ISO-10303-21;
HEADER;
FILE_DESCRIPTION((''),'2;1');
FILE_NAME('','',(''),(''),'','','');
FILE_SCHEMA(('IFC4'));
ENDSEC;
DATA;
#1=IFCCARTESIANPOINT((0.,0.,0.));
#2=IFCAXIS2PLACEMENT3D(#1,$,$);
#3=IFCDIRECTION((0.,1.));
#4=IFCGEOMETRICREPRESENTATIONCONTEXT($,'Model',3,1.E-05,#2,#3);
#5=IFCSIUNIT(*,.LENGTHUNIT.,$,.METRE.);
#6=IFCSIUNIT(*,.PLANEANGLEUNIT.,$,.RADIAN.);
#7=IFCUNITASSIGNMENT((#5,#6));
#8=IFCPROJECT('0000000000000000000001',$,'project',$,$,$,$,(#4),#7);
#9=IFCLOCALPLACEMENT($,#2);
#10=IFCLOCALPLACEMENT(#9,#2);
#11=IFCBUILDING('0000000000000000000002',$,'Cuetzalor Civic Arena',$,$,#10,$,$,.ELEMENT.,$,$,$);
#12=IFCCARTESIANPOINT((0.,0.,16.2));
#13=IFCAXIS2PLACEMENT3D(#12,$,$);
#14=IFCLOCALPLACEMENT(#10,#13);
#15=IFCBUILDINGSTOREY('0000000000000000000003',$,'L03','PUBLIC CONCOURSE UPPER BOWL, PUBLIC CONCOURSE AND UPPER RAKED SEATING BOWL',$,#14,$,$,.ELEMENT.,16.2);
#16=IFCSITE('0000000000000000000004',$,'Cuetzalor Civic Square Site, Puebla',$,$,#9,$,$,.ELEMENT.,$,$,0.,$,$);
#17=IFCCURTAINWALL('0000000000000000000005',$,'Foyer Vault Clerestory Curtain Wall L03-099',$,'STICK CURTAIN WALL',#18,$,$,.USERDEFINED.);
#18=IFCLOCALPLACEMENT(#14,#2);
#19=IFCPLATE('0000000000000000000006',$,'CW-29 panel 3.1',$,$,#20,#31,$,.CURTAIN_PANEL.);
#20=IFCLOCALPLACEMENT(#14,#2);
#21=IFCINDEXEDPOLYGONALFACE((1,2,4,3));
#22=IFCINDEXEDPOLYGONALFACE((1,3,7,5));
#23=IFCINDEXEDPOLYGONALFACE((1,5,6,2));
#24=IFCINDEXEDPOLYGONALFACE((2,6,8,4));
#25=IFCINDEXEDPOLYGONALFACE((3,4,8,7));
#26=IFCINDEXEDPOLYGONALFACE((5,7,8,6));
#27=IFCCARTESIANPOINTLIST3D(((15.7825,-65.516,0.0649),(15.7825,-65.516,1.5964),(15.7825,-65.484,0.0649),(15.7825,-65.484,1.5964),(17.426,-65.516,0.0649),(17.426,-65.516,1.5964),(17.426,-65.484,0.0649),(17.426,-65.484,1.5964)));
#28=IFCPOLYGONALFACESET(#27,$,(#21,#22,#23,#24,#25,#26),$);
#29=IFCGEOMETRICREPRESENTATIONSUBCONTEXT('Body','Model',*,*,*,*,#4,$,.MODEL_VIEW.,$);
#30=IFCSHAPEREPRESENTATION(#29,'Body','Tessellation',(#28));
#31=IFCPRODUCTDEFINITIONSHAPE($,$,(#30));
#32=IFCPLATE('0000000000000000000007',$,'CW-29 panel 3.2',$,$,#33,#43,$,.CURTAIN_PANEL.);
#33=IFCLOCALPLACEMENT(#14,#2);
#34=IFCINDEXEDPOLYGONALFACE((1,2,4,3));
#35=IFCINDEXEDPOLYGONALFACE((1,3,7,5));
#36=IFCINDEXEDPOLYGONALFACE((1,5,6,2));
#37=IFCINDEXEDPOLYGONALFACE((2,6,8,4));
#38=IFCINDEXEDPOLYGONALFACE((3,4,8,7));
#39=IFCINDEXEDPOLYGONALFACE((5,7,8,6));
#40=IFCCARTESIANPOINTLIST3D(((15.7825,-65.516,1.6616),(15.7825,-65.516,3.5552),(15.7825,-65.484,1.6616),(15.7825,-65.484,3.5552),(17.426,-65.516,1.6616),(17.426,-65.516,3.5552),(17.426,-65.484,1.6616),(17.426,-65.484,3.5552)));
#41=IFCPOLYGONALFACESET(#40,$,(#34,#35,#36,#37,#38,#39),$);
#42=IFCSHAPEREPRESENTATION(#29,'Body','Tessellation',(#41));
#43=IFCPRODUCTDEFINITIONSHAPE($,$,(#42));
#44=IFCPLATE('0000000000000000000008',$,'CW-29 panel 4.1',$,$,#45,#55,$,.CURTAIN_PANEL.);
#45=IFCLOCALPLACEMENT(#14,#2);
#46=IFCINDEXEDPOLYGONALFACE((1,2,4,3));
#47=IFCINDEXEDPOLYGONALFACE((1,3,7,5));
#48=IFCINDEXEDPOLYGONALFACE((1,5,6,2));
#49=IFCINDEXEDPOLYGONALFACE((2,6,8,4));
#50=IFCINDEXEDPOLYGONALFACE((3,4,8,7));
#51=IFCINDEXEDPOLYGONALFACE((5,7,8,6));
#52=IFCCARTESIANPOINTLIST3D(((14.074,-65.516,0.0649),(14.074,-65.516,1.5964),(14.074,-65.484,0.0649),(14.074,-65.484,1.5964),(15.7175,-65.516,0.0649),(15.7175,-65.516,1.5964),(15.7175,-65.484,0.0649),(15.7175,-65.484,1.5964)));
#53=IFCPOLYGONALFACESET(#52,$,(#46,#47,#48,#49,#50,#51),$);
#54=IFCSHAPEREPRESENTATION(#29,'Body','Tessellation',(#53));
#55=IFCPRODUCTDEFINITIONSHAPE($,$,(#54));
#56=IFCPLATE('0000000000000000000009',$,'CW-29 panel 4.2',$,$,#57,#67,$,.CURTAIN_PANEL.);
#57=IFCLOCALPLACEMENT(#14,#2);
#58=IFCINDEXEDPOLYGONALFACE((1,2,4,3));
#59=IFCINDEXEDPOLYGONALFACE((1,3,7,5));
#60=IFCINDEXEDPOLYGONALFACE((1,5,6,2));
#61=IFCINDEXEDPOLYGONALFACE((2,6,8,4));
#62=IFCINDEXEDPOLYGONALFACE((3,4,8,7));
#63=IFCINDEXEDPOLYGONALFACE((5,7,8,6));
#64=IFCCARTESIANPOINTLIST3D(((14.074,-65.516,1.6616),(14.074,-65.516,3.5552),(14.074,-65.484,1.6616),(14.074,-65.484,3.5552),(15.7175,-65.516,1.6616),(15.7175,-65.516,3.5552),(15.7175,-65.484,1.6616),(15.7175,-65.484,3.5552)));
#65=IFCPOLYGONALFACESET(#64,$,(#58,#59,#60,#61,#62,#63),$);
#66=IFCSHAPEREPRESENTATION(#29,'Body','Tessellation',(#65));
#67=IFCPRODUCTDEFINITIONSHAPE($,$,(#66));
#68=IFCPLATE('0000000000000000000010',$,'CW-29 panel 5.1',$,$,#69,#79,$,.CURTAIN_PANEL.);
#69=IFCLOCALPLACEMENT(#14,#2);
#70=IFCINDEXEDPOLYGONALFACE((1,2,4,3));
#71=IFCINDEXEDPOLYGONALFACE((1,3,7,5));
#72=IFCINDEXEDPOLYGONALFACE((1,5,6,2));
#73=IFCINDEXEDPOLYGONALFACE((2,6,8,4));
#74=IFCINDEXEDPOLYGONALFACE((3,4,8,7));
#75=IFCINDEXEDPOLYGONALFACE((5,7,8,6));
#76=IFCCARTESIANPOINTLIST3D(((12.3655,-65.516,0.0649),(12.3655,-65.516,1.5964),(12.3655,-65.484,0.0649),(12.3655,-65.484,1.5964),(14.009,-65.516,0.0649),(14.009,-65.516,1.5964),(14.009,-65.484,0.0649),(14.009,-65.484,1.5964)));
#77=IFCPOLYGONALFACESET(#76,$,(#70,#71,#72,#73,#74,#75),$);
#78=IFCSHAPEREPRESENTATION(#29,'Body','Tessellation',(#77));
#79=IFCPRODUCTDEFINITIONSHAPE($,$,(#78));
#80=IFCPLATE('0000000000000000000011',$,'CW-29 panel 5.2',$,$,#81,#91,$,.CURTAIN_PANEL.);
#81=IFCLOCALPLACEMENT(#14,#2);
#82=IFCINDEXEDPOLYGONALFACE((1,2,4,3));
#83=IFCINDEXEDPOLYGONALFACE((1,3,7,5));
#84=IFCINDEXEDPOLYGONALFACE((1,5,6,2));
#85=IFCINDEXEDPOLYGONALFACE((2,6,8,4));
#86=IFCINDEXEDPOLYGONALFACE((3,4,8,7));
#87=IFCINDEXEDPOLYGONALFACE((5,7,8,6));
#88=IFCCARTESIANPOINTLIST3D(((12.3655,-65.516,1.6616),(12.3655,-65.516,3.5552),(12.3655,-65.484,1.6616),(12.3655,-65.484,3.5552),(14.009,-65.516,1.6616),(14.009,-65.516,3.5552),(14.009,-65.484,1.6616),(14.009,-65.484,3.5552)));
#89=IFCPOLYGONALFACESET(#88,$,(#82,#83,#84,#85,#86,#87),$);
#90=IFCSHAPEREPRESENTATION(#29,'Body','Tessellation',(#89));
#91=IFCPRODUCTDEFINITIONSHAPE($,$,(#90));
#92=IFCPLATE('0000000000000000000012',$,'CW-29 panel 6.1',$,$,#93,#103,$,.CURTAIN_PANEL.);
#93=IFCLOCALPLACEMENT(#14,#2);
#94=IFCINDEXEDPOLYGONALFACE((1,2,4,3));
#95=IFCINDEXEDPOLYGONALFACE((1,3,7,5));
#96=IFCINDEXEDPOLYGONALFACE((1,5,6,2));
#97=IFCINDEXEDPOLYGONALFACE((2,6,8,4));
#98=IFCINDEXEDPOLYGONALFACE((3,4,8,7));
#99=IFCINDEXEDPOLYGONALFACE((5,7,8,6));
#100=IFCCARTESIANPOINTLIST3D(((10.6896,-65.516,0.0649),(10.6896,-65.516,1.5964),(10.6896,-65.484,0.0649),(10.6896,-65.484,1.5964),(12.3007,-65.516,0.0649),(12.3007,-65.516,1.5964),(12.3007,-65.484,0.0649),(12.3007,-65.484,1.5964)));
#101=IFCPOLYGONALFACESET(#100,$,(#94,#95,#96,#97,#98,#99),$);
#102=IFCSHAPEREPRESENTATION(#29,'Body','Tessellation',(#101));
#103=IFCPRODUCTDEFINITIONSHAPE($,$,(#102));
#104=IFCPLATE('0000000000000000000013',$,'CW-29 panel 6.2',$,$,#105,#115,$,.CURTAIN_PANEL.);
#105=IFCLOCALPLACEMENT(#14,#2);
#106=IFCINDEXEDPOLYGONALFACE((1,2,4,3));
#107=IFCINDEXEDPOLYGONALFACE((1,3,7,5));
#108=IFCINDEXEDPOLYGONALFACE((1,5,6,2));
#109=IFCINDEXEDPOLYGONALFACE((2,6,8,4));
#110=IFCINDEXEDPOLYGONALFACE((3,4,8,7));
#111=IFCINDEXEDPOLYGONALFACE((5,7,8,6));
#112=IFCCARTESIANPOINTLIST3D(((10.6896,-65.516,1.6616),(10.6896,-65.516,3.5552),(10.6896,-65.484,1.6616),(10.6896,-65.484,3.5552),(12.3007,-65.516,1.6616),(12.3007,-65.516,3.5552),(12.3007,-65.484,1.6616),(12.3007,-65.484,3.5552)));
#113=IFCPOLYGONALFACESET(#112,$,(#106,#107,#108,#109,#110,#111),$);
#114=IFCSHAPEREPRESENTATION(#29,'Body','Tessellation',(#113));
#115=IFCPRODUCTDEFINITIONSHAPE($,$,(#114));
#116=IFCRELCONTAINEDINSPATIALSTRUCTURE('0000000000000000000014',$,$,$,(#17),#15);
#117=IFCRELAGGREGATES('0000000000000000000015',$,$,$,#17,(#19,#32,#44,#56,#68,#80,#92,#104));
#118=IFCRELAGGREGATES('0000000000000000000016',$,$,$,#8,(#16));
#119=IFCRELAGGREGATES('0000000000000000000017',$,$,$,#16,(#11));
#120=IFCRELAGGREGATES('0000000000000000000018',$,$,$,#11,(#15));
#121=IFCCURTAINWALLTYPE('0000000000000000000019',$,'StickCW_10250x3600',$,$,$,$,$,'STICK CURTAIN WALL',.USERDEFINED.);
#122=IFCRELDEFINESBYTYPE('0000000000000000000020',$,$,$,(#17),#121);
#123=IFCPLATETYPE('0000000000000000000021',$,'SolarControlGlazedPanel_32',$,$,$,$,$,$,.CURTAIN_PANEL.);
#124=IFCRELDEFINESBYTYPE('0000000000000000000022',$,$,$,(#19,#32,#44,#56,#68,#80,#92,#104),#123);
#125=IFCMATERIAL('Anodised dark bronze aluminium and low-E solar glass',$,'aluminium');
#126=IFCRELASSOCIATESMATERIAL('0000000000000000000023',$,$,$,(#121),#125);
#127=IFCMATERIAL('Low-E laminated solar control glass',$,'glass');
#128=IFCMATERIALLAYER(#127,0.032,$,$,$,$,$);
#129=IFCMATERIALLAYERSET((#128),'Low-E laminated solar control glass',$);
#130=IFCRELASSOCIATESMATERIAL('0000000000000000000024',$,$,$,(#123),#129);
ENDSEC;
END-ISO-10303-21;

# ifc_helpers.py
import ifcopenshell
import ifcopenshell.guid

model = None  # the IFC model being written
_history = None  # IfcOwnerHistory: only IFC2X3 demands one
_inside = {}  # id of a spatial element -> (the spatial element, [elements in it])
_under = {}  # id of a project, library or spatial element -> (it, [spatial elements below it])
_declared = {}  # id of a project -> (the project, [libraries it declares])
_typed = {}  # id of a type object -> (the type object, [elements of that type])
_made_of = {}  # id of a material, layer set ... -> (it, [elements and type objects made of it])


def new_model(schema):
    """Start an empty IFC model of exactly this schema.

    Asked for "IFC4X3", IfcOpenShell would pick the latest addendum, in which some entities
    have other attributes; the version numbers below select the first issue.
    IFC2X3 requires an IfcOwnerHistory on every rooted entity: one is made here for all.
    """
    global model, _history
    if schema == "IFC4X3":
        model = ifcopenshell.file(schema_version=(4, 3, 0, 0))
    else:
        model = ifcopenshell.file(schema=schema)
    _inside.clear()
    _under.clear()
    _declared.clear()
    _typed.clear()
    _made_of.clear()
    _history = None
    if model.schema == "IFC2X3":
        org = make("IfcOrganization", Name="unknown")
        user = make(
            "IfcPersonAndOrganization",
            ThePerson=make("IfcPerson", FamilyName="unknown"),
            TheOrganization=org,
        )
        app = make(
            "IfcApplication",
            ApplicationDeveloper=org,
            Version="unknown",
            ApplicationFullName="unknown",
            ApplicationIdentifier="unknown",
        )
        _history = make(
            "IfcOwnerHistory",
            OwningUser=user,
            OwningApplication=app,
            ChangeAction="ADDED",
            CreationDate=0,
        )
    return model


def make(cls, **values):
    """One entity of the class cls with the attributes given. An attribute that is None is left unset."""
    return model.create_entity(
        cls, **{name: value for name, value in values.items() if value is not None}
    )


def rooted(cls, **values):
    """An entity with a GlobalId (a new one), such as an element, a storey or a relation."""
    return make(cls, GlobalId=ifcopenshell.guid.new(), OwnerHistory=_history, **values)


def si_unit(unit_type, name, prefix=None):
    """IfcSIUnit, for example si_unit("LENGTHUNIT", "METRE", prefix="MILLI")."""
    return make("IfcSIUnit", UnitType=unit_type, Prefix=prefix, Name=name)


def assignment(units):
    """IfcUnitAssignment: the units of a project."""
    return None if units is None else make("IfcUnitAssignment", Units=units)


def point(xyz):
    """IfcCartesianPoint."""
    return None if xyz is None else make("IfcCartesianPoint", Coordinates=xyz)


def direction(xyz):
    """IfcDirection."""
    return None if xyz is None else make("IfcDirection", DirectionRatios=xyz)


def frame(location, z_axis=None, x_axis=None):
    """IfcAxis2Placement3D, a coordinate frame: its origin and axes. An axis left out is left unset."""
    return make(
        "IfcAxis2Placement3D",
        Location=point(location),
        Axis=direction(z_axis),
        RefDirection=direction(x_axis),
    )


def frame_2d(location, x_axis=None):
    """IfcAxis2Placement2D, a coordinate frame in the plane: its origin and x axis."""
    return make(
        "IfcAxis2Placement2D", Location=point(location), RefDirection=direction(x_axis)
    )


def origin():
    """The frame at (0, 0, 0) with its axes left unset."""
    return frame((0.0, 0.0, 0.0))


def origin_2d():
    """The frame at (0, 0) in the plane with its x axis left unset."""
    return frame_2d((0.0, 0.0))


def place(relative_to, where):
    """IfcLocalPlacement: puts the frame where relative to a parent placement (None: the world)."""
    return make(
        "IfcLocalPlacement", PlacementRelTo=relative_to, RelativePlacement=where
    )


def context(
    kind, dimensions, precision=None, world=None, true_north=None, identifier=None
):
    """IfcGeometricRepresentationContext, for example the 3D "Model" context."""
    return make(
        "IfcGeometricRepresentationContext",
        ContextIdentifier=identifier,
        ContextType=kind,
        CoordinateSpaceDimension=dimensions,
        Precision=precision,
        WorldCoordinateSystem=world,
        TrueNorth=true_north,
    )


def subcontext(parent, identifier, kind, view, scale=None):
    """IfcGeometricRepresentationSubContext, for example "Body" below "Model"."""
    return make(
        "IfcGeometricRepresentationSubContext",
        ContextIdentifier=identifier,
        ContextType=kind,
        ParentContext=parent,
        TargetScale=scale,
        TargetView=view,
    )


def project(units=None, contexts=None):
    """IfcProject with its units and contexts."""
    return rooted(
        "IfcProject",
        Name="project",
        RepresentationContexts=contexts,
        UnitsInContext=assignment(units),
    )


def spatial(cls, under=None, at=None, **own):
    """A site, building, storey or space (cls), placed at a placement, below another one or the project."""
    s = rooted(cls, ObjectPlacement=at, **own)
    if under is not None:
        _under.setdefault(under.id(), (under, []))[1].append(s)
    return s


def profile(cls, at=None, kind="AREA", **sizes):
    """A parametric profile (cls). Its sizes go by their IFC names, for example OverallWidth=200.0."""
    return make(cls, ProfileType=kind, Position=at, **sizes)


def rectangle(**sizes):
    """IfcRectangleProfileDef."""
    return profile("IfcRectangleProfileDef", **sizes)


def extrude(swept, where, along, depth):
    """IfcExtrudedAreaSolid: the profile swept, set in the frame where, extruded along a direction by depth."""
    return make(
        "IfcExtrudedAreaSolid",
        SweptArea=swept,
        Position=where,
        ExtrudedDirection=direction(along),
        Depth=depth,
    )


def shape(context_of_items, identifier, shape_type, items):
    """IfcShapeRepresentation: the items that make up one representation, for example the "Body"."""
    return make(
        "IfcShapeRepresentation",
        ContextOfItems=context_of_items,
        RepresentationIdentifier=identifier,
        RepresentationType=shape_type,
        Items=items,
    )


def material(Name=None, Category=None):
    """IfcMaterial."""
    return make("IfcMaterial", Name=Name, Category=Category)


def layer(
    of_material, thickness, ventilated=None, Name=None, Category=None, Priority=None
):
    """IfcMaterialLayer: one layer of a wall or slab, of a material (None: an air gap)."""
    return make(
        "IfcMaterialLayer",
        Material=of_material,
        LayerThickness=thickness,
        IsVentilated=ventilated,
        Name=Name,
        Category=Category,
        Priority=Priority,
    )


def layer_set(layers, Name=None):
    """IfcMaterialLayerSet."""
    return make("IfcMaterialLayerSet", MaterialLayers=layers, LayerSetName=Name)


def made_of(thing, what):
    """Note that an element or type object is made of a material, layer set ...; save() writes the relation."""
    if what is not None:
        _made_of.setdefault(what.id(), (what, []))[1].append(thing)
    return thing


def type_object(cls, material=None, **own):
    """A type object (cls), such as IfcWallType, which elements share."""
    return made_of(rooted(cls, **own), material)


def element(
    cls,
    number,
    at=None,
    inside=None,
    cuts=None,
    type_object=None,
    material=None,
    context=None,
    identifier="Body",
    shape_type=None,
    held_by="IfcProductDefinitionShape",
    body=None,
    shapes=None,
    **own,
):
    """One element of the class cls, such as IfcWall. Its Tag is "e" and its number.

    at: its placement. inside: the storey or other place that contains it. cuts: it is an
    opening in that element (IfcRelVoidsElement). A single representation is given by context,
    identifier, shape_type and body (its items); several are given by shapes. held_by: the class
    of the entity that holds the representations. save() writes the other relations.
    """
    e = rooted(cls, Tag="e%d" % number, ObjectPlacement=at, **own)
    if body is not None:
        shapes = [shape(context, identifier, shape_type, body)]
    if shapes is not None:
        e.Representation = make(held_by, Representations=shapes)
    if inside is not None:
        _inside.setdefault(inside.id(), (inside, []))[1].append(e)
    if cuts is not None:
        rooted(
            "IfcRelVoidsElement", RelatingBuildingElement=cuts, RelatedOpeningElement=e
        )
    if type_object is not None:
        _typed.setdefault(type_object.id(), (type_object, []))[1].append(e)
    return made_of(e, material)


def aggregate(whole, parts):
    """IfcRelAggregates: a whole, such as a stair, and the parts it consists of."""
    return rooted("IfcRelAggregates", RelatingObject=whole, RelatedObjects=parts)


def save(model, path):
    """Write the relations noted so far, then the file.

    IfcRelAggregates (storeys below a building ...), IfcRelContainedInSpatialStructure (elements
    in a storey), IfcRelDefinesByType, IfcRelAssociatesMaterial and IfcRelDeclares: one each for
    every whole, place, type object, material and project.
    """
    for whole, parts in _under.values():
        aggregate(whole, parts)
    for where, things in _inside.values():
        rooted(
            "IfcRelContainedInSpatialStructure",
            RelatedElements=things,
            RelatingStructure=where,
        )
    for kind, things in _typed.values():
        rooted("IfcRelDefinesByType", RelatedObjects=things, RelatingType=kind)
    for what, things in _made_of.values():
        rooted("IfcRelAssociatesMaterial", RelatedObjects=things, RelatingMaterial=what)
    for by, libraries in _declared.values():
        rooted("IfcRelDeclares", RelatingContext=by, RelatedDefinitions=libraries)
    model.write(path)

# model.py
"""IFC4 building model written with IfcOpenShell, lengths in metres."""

from ifc_helpers import new_model, si_unit, direction, frame, origin, origin_2d, place, context, subcontext, project, spatial, rectangle, extrude, material, layer, layer_set, type_object, element, aggregate, save


model = new_model("IFC4")

# Units and contexts
model_context = context("Model", 3, precision=1e-05, world=origin(), true_north=direction((0.0, 1.0)))
body_context = subcontext(model_context, "Body", "Model", "MODEL_VIEW")
ifc_project = project(units=[si_unit("LENGTHUNIT", "METRE"), si_unit("PLANEANGLEUNIT", "RADIAN")], contexts=[model_context])

# Site, building, storey
site_placement = place(None, origin())
site = spatial("IfcSite", under=ifc_project, at=site_placement, Name="Cuetzalor Civic Square Site, Puebla", CompositionType="ELEMENT", RefElevation=0.0)
building_placement = place(site_placement, origin())
building = spatial("IfcBuilding", under=site, at=building_placement, Name="Cuetzalor Civic Arena", CompositionType="ELEMENT")
storey_placement = place(building_placement, frame((0.0, 0.0, 16.2)))
storey = spatial("IfcBuildingStorey", under=building, at=storey_placement, Name="L03", Description="PUBLIC CONCOURSE UPPER BOWL, PUBLIC CONCOURSE AND UPPER RAKED SEATING BOWL", CompositionType="ELEMENT", Elevation=16.2)

# Curtain wall, plates
ifc_material_1 = material(Name="Anodised dark bronze aluminium and low-E solar glass", Category="aluminium")
curtain_wall_type = type_object("IfcCurtainWallType", Name="StickCW_10250x3600", ElementType="STICK CURTAIN WALL", PredefinedType="USERDEFINED", material=ifc_material_1)
curtain_wall_placement = place(storey_placement, origin())
curtain_wall = element("IfcCurtainWall", 1, at=curtain_wall_placement, inside=storey, type_object=curtain_wall_type, Name="Foyer Vault Clerestory Curtain Wall L03-099", ObjectType="STICK CURTAIN WALL", PredefinedType="USERDEFINED")
ifc_material_2 = material(Name="Low-E laminated solar control glass", Category="glass")
ifc_layer = layer(ifc_material_2, 0.032)
ifc_layer_set = layer_set([ifc_layer], Name="Low-E laminated solar control glass")
plate_type = type_object("IfcPlateType", Name="SolarControlGlazedPanel_32", PredefinedType="CURTAIN_PANEL", material=ifc_layer_set)
plate_1_placement = place(storey_placement, frame((16.6042, -65.5, 0.0649), z_axis=(0.0, 0.0, 1.0), x_axis=(-1.0, 0.0, 0.0)))
plate_1 = element("IfcPlate", 2, at=plate_1_placement, type_object=plate_type, Name="CW-29 panel 3.1", PredefinedType="CURTAIN_PANEL", context=body_context, shape_type="SweptSolid", body=[
    extrude(rectangle(XDim=1.6436, YDim=0.032, at=origin_2d()), origin(), (0.0, 0.0, 1.0), 1.5315),
])
plate_2_placement = place(storey_placement, frame((16.6042, -65.5, 1.6616), z_axis=(0.0, 0.0, 1.0), x_axis=(-1.0, 0.0, 0.0)))
plate_2 = element("IfcPlate", 3, at=plate_2_placement, type_object=plate_type, Name="CW-29 panel 3.2", PredefinedType="CURTAIN_PANEL", context=body_context, shape_type="SweptSolid", body=[
    extrude(rectangle(XDim=1.6436, YDim=0.032, at=origin_2d()), origin(), (0.0, 0.0, 1.0), 1.8936),
])
plate_3_placement = place(storey_placement, frame((14.8958, -65.5, 0.0649), z_axis=(0.0, 0.0, 1.0), x_axis=(-1.0, 0.0, 0.0)))
plate_3 = element("IfcPlate", 4, at=plate_3_placement, type_object=plate_type, Name="CW-29 panel 4.1", PredefinedType="CURTAIN_PANEL", context=body_context, shape_type="SweptSolid", body=[
    extrude(rectangle(XDim=1.6436, YDim=0.032, at=origin_2d()), origin(), (0.0, 0.0, 1.0), 1.5315),
])
plate_4_placement = place(storey_placement, frame((14.8958, -65.5, 1.6616), z_axis=(0.0, 0.0, 1.0), x_axis=(-1.0, 0.0, 0.0)))
plate_4 = element("IfcPlate", 5, at=plate_4_placement, type_object=plate_type, Name="CW-29 panel 4.2", PredefinedType="CURTAIN_PANEL", context=body_context, shape_type="SweptSolid", body=[
    extrude(rectangle(XDim=1.6436, YDim=0.032, at=origin_2d()), origin(), (0.0, 0.0, 1.0), 1.8936),
])
plate_5_placement = place(storey_placement, frame((13.1873, -65.5, 0.0649), z_axis=(0.0, 0.0, 1.0), x_axis=(-1.0, 0.0, 0.0)))
plate_5 = element("IfcPlate", 6, at=plate_5_placement, type_object=plate_type, Name="CW-29 panel 5.1", PredefinedType="CURTAIN_PANEL", context=body_context, shape_type="SweptSolid", body=[
    extrude(rectangle(XDim=1.6436, YDim=0.032, at=origin_2d()), origin(), (0.0, 0.0, 1.0), 1.5315),
])
plate_6_placement = place(storey_placement, frame((13.1873, -65.5, 1.6616), z_axis=(0.0, 0.0, 1.0), x_axis=(-1.0, 0.0, 0.0)))
plate_6 = element("IfcPlate", 7, at=plate_6_placement, type_object=plate_type, Name="CW-29 panel 5.2", PredefinedType="CURTAIN_PANEL", context=body_context, shape_type="SweptSolid", body=[
    extrude(rectangle(XDim=1.6436, YDim=0.032, at=origin_2d()), origin(), (0.0, 0.0, 1.0), 1.8936),
])
plate_7_placement = place(storey_placement, frame((11.4951, -65.5, 0.0649), z_axis=(0.0, 0.0, 1.0), x_axis=(-1.0, 0.0, 0.0)))
plate_7 = element("IfcPlate", 8, at=plate_7_placement, type_object=plate_type, Name="CW-29 panel 6.1", PredefinedType="CURTAIN_PANEL", context=body_context, shape_type="SweptSolid", body=[
    extrude(rectangle(XDim=1.6111, YDim=0.032, at=origin_2d()), origin(), (0.0, 0.0, 1.0), 1.5315),
])
plate_8_placement = place(storey_placement, frame((11.4951, -65.5, 1.6616), z_axis=(0.0, 0.0, 1.0), x_axis=(-1.0, 0.0, 0.0)))
plate_8 = element("IfcPlate", 9, at=plate_8_placement, type_object=plate_type, Name="CW-29 panel 6.2", PredefinedType="CURTAIN_PANEL", context=body_context, shape_type="SweptSolid", body=[
    extrude(rectangle(XDim=1.6111, YDim=0.032, at=origin_2d()), origin(), (0.0, 0.0, 1.0), 1.8936),
])
aggregate(curtain_wall, [plate_1, plate_2, plate_3, plate_4, plate_5, plate_6, plate_7, plate_8])

save(model, "model.ifc")
